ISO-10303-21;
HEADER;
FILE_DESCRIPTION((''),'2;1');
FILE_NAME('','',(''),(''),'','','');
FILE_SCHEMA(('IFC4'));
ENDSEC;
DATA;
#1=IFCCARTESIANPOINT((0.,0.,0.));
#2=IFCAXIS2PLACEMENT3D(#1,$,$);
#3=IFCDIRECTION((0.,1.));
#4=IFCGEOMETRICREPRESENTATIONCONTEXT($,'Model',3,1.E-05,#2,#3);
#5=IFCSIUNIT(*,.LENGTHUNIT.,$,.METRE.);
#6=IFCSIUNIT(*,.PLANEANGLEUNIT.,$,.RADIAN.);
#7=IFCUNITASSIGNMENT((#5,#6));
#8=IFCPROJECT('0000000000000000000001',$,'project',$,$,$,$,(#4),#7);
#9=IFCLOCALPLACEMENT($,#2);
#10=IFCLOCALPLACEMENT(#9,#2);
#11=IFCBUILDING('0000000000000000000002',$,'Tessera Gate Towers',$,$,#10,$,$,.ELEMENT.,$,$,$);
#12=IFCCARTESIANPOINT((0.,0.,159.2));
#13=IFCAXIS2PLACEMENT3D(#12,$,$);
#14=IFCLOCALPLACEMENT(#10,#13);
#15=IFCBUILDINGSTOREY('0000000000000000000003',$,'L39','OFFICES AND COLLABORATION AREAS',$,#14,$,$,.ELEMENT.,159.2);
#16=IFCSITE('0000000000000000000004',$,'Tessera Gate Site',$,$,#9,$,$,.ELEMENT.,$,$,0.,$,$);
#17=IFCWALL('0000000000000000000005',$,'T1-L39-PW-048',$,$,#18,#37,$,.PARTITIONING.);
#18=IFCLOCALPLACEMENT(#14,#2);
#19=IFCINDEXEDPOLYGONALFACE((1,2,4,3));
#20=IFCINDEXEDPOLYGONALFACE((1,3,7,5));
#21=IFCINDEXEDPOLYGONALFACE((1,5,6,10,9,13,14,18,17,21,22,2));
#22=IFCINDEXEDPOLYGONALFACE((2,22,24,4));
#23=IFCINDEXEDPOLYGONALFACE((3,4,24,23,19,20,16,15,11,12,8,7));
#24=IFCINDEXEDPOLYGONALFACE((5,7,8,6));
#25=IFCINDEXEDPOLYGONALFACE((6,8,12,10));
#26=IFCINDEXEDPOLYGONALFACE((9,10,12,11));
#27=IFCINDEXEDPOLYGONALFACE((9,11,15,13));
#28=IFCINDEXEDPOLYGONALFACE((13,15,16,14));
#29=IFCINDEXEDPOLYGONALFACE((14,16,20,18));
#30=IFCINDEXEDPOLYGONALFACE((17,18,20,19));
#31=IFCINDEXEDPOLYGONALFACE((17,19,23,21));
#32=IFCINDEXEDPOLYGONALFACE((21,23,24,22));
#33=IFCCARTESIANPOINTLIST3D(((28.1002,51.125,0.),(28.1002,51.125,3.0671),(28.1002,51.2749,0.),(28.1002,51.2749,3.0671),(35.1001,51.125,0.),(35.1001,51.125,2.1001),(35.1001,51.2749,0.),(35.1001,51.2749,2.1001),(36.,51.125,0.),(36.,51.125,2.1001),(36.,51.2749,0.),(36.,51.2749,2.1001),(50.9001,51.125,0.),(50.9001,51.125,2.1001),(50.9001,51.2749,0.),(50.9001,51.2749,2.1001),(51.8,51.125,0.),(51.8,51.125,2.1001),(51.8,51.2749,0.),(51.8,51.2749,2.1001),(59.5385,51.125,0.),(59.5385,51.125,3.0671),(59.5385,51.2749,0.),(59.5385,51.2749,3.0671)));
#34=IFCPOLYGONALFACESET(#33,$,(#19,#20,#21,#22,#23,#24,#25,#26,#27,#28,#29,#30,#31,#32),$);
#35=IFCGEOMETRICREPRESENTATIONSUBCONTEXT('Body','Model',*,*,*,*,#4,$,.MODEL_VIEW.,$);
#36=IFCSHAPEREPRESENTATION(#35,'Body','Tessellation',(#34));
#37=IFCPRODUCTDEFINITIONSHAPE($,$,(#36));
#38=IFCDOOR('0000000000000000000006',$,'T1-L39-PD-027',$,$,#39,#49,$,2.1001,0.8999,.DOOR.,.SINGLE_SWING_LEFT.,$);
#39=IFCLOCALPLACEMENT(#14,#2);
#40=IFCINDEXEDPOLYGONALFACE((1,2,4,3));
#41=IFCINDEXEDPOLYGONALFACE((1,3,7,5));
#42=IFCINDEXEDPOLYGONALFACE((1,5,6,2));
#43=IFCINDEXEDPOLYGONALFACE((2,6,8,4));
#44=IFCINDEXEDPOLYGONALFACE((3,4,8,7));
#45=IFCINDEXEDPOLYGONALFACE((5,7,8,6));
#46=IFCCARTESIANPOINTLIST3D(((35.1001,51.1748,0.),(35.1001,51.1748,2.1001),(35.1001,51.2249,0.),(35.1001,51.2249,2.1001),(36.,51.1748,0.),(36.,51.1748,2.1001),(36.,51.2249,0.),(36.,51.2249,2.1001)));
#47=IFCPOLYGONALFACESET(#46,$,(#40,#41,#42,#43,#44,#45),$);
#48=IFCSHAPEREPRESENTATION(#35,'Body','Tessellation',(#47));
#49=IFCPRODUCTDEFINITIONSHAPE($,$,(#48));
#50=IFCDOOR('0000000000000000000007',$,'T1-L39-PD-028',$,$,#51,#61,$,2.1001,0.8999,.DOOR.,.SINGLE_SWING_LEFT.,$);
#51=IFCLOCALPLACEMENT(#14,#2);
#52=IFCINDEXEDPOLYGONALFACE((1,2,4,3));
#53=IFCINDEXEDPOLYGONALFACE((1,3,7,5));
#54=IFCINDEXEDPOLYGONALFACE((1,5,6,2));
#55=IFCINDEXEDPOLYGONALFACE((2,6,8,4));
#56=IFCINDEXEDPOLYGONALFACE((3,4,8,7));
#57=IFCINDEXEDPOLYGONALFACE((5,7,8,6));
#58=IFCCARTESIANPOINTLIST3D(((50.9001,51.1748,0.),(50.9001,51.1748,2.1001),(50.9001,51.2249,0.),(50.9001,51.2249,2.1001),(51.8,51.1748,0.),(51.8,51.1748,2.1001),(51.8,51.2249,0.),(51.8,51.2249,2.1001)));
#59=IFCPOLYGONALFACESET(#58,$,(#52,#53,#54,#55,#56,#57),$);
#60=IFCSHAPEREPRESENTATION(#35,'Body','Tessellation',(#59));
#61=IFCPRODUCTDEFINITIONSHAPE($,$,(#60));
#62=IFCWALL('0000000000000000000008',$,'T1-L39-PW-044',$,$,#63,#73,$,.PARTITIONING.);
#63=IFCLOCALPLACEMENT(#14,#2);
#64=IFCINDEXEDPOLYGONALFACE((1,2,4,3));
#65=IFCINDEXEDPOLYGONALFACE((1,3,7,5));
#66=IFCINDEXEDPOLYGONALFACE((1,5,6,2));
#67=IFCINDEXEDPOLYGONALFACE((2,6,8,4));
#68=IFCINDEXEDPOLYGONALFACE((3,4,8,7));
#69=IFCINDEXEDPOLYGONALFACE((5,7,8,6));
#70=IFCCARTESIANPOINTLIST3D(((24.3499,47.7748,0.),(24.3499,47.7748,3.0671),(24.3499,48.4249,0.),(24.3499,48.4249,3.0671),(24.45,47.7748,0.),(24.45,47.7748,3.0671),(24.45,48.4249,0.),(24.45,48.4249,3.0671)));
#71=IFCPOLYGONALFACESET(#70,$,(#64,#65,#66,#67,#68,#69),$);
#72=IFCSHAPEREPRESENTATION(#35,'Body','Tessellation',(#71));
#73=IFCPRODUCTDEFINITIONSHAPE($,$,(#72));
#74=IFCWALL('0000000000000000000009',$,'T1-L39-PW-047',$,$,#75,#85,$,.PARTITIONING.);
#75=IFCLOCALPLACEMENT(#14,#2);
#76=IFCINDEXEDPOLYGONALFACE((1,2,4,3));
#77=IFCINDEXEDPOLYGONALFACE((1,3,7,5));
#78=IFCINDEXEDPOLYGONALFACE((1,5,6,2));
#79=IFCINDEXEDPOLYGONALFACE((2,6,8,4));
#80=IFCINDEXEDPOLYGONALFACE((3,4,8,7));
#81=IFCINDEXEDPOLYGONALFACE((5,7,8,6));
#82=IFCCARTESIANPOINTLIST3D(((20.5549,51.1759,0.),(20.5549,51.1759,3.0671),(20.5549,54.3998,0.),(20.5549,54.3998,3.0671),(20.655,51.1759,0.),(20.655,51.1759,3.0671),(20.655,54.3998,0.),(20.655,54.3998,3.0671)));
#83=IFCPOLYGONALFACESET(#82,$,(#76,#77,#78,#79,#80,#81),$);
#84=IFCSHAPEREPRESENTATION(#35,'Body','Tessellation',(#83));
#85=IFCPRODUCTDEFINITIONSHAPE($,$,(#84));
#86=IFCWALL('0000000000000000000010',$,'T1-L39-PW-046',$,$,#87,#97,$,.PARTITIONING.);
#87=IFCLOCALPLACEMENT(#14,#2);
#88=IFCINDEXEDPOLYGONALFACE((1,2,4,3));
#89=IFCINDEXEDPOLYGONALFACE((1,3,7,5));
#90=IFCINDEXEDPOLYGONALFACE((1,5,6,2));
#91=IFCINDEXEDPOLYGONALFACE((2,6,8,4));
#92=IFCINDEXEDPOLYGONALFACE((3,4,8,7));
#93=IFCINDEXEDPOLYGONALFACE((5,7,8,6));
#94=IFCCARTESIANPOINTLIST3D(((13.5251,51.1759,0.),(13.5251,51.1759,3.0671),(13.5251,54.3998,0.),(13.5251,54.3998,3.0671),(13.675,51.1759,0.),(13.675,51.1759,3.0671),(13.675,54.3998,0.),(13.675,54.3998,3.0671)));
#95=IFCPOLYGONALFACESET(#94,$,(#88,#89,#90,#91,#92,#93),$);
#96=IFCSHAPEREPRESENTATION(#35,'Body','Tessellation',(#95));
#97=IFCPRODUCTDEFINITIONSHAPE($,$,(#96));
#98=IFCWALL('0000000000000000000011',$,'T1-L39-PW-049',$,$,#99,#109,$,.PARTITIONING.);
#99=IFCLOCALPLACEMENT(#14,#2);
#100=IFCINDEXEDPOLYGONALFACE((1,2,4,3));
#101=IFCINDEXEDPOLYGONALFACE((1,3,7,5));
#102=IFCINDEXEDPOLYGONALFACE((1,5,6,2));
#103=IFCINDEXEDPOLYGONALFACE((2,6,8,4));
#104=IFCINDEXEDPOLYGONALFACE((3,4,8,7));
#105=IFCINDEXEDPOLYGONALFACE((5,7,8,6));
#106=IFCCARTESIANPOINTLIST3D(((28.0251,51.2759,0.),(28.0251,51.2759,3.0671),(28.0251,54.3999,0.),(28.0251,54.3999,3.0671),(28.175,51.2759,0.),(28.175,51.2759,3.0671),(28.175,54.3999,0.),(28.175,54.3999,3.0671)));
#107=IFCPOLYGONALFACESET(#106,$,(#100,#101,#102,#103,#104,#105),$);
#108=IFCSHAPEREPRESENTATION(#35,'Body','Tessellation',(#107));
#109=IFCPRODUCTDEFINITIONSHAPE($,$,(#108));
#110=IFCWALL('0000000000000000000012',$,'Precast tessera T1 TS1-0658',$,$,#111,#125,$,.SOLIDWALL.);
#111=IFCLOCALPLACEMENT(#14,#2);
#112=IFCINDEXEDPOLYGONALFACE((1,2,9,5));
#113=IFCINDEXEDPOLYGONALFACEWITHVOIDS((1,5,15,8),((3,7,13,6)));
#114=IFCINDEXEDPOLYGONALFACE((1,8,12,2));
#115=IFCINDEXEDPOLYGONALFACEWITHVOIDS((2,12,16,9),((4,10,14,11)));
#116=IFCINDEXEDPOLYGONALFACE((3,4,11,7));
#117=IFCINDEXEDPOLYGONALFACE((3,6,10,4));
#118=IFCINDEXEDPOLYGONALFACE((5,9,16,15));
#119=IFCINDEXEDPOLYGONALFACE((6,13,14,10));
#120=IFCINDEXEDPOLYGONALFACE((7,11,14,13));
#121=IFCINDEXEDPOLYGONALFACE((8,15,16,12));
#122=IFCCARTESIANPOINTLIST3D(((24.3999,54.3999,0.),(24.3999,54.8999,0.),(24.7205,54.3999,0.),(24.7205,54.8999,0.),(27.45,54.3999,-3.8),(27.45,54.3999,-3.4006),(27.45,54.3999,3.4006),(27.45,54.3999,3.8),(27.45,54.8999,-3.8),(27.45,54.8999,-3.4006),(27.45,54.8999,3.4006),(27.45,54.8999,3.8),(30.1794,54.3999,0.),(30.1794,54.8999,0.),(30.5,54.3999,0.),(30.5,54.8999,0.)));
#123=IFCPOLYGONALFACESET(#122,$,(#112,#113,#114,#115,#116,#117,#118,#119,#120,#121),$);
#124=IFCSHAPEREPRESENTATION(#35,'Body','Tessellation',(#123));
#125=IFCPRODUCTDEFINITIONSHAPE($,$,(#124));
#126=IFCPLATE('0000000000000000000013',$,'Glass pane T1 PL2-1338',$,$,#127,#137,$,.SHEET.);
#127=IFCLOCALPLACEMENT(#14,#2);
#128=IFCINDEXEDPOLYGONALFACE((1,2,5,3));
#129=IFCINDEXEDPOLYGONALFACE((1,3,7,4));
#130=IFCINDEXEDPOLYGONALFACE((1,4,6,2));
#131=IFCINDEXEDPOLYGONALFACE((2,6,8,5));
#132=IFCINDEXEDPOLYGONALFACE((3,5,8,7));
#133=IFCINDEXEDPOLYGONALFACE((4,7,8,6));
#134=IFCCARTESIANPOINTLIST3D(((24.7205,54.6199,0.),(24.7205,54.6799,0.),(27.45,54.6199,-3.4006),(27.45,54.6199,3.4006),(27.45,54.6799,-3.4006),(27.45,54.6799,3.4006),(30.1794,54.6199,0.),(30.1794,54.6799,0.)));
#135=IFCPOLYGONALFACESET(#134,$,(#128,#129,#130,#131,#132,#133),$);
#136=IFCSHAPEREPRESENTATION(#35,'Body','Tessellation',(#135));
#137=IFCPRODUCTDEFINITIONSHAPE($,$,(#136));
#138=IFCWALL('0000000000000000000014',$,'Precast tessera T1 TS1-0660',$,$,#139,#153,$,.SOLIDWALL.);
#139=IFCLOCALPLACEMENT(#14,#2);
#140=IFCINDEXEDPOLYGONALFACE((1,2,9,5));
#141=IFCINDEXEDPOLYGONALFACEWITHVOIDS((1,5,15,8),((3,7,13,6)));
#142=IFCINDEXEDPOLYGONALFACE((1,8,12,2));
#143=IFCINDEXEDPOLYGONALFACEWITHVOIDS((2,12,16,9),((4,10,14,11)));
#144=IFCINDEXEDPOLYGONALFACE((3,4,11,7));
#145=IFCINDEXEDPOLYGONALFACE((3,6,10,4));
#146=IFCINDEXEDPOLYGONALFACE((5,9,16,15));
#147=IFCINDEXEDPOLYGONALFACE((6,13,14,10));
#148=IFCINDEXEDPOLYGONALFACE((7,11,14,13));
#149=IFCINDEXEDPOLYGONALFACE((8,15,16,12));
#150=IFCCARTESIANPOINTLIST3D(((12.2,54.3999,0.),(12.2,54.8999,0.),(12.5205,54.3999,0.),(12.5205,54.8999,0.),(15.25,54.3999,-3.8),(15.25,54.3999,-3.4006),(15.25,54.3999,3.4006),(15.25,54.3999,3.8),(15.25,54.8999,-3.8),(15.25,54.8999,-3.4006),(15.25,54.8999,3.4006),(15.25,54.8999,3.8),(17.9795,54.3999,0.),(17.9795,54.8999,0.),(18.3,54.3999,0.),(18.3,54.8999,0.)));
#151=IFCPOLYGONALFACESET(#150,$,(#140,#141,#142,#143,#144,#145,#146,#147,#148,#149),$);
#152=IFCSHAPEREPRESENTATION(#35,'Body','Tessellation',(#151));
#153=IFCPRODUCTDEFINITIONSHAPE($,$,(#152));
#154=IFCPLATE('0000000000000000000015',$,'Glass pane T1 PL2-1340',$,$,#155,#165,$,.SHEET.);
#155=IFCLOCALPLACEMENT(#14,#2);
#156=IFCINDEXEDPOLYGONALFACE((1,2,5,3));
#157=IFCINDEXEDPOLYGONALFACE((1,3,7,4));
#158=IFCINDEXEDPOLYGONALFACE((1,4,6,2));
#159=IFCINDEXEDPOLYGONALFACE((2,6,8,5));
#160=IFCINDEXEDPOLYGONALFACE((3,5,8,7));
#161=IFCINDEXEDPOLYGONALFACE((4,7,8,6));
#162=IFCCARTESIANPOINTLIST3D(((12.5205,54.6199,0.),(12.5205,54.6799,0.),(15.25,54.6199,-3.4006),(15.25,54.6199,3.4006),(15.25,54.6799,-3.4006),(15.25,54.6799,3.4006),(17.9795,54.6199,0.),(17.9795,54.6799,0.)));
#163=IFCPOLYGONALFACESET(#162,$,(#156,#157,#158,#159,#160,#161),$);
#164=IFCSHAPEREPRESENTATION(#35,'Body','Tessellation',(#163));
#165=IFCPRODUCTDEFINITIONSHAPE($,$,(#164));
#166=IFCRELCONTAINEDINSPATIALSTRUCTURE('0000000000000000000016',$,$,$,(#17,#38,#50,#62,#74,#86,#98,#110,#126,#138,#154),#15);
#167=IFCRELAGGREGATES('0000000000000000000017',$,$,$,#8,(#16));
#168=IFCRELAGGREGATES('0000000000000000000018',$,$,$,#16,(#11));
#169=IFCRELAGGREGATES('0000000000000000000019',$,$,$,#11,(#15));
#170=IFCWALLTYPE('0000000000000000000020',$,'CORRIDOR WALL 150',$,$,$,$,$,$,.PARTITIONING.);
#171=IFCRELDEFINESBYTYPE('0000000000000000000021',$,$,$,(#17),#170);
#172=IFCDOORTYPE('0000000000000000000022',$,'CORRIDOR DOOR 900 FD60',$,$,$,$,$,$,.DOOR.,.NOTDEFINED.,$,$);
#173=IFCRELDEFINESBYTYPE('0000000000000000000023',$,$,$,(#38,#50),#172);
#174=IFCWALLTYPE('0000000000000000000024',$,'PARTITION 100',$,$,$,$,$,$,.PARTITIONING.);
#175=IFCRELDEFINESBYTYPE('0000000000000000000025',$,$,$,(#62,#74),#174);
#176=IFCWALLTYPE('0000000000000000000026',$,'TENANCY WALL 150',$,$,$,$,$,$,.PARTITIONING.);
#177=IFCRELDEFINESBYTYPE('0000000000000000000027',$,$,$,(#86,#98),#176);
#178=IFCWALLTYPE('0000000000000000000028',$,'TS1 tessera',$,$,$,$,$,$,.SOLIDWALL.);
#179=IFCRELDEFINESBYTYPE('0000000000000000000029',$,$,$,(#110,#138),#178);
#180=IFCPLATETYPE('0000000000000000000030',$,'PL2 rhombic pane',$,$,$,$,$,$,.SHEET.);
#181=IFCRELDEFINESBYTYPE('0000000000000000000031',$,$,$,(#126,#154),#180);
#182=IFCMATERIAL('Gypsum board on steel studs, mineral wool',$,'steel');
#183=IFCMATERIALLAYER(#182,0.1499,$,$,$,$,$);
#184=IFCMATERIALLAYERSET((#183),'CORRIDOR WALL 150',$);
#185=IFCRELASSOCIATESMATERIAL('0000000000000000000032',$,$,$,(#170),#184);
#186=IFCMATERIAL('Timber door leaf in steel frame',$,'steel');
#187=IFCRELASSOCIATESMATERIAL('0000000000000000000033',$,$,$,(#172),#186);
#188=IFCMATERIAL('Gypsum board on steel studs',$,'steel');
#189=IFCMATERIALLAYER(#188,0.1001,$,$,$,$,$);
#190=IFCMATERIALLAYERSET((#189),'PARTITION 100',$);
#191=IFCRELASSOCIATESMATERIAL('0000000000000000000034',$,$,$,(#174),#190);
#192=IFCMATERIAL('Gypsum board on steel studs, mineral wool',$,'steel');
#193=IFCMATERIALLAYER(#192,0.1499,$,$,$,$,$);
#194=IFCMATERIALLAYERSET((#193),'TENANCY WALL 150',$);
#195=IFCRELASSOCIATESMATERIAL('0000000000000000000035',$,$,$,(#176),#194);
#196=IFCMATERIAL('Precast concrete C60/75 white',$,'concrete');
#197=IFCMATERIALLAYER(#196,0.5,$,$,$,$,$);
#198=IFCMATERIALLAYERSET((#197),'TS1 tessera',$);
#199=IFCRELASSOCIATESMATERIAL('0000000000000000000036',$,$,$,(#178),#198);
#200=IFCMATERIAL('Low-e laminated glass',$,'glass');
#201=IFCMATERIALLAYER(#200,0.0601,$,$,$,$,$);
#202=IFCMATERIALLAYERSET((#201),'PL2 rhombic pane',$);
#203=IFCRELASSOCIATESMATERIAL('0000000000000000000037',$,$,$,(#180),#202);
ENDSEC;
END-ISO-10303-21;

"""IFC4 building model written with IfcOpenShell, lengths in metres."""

from ifc_helpers import new_model, si_unit, direction, frame, frame_2d, origin, place, context, subcontext, project, spatial, polyline, rectangle, outline, extrude, source, transform, mapped, material, layer, layer_set, type_object, element, fill, save


model = new_model("IFC4")

# Units and contexts
model_context = context("Model", 3, precision=1e-05, world=origin(), true_north=direction((0.0, 1.0)))
body_context = subcontext(model_context, "Body", "Model", "MODEL_VIEW")
ifc_project = project(units=[si_unit("LENGTHUNIT", "METRE"), si_unit("PLANEANGLEUNIT", "RADIAN")], contexts=[model_context])

# Site, building, storey
site_placement = place(None, origin())
site = spatial("IfcSite", under=ifc_project, at=site_placement, Name="Tessera Gate Site", CompositionType="ELEMENT", RefElevation=0.0)
building_placement = place(site_placement, origin())
building = spatial("IfcBuilding", under=site, at=building_placement, Name="Tessera Gate Towers", CompositionType="ELEMENT")
storey_placement = place(building_placement, frame((0.0, 0.0, 159.2)))
storey = spatial("IfcBuildingStorey", under=building, at=storey_placement, Name="L39", Description="OFFICES AND COLLABORATION AREAS", CompositionType="ELEMENT", Elevation=159.2)

# Wall, openings, doors
ifc_material_1 = material(Name="Gypsum board on steel studs, mineral wool", Category="steel")
ifc_layer_1 = layer(ifc_material_1, 0.1499)
ifc_layer_set_1 = layer_set([ifc_layer_1], Name="CORRIDOR WALL 150")
wall_type_1 = type_object("IfcWallType", Name="CORRIDOR WALL 150", PredefinedType="PARTITIONING", material=ifc_layer_set_1)
wall_1_placement = place(storey_placement, frame((28.1001, 51.2, 0.0), z_axis=(0.0, 0.0, 1.0), x_axis=(1.0, 0.0, 0.0)))
wall_1 = element("IfcWall", 1, at=wall_1_placement, inside=storey, type_object=wall_type_1, Name="T1-L39-PW-048", PredefinedType="PARTITIONING", context=body_context, shape_type="SweptSolid", body=[
    extrude(rectangle(XDim=31.4382, YDim=0.1499, at=frame_2d((15.7192, 0.0))), origin(), (0.0, 0.0, 1.0), 3.0671),
])
shared_shape_1 = source(origin(), body_context, "Body", "SweptSolid", [
    extrude(rectangle(XDim=0.8999, YDim=2.1001, at=frame_2d((0.45, 1.05))), frame((0.0, 0.085, 0.0), z_axis=(0.0, -1.0, 0.0), x_axis=(1.0, 0.0, 0.0)), (0.0, 0.0, 1.0), 0.1699),
])
opening_1_placement = place(wall_1_placement, frame((7.0, 0.0, 0.0)))
opening_1 = element("IfcOpeningElement", 2, at=opening_1_placement, cuts=wall_1, PredefinedType="OPENING", context=body_context, shape_type="MappedRepresentation", body=[
    mapped(shared_shape_1, transform((0.0, 0.0, 0.0), scale=1.0)),
])
opening_2_placement = place(wall_1_placement, frame((22.8, 0.0, 0.0)))
opening_2 = element("IfcOpeningElement", 3, at=opening_2_placement, cuts=wall_1, PredefinedType="OPENING", context=body_context, shape_type="MappedRepresentation", body=[
    mapped(shared_shape_1, transform((0.0, 0.0, 0.0), scale=1.0)),
])
ifc_material_2 = material(Name="Timber door leaf in steel frame", Category="steel")
door_type = type_object("IfcDoorType", Name="CORRIDOR DOOR 900 FD60", OperationType="NOTDEFINED", PredefinedType="DOOR", material=ifc_material_2)
shared_shape_2 = source(origin(), body_context, "Body", "SweptSolid", [
    extrude(rectangle(XDim=0.8999, YDim=2.1001, at=frame_2d((0.45, 1.05))), frame((0.0, 0.0249, 0.0), z_axis=(0.0, -1.0, 0.0), x_axis=(1.0, 0.0, 0.0)), (0.0, 0.0, 1.0), 0.05),
])
door_1_placement = place(opening_1_placement, origin())
door_1 = element("IfcDoor", 4, at=door_1_placement, inside=storey, type_object=door_type, Name="T1-L39-PD-027", OperationType="SINGLE_SWING_LEFT", OverallHeight=2.1001, OverallWidth=0.8999, PredefinedType="DOOR", context=body_context, shape_type="MappedRepresentation", body=[
    mapped(shared_shape_2, transform((0.0, 0.0, 0.0), scale=1.0)),
])
fill(opening_1, door_1)
door_2_placement = place(opening_2_placement, origin())
door_2 = element("IfcDoor", 5, at=door_2_placement, inside=storey, type_object=door_type, Name="T1-L39-PD-028", OperationType="SINGLE_SWING_LEFT", OverallHeight=2.1001, OverallWidth=0.8999, PredefinedType="DOOR", context=body_context, shape_type="MappedRepresentation", body=[
    mapped(shared_shape_2, transform((0.0, 0.0, 0.0), scale=1.0)),
])
fill(opening_2, door_2)

# Walls
ifc_material_3 = material(Name="Gypsum board on steel studs", Category="steel")
ifc_layer_2 = layer(ifc_material_3, 0.1001)
ifc_layer_set_2 = layer_set([ifc_layer_2], Name="PARTITION 100")
wall_type_2 = type_object("IfcWallType", Name="PARTITION 100", PredefinedType="PARTITIONING", material=ifc_layer_set_2)
wall_2_placement = place(storey_placement, frame((24.3999, 48.425, 0.0), z_axis=(0.0, 0.0, 1.0), x_axis=(0.0, -1.0, 0.0)))
element("IfcWall", 6, at=wall_2_placement, inside=storey, type_object=wall_type_2, Name="T1-L39-PW-044", PredefinedType="PARTITIONING", context=body_context, shape_type="SweptSolid", body=[
    extrude(rectangle(XDim=0.6501, YDim=0.1001, at=frame_2d((0.3252, 0.0))), origin(), (0.0, 0.0, 1.0), 3.0671),
])
wall_3_placement = place(storey_placement, frame((20.605, 51.176, 0.0), z_axis=(0.0, 0.0, 1.0), x_axis=(0.0, 1.0, 0.0)))
element("IfcWall", 7, at=wall_3_placement, inside=storey, type_object=wall_type_2, Name="T1-L39-PW-047", PredefinedType="PARTITIONING", context=body_context, shape_type="SweptSolid", body=[
    extrude(rectangle(XDim=3.2239, YDim=0.1001, at=frame_2d((1.6118, 0.0))), origin(), (0.0, 0.0, 1.0), 3.0671),
])
ifc_material_4 = material(Name="Gypsum board on steel studs, mineral wool", Category="steel")
ifc_layer_3 = layer(ifc_material_4, 0.1499)
ifc_layer_set_3 = layer_set([ifc_layer_3], Name="TENANCY WALL 150")
wall_type_3 = type_object("IfcWallType", Name="TENANCY WALL 150", PredefinedType="PARTITIONING", material=ifc_layer_set_3)
wall_4_placement = place(storey_placement, frame((13.6001, 51.176, 0.0), z_axis=(0.0, 0.0, 1.0), x_axis=(0.0, 1.0, 0.0)))
element("IfcWall", 8, at=wall_4_placement, inside=storey, type_object=wall_type_3, Name="T1-L39-PW-046", PredefinedType="PARTITIONING", context=body_context, shape_type="SweptSolid", body=[
    extrude(rectangle(XDim=3.2239, YDim=0.1499, at=frame_2d((1.6118, 0.0))), origin(), (0.0, 0.0, 1.0), 3.0671),
])
wall_5_placement = place(storey_placement, frame((28.1001, 51.2759, 0.0), z_axis=(0.0, 0.0, 1.0), x_axis=(0.0, 1.0, 0.0)))
element("IfcWall", 9, at=wall_5_placement, inside=storey, type_object=wall_type_3, Name="T1-L39-PW-049", PredefinedType="PARTITIONING", context=body_context, shape_type="SweptSolid", body=[
    extrude(rectangle(XDim=3.124, YDim=0.1499, at=frame_2d((1.562, 0.0))), origin(), (0.0, 0.0, 1.0), 3.0671),
])

# Walls, openings, plates
ifc_material_5 = material(Name="Precast concrete C60/75 white", Category="concrete")
ifc_layer_4 = layer(ifc_material_5, 0.5)
ifc_layer_set_4 = layer_set([ifc_layer_4], Name="TS1 tessera")
wall_type_4 = type_object("IfcWallType", Name="TS1 tessera", PredefinedType="SOLIDWALL", material=ifc_layer_set_4)
shared_shape_3 = source(origin(), body_context, "Body", "SweptSolid", [
    extrude(outline(polyline([(3.05, 0.0), (6.1001, 3.8), (3.05, 7.6001), (0.0, 3.8), (3.05, 0.0)])), frame((0.0, 0.25, 0.0), z_axis=(0.0, -1.0, 0.0), x_axis=(1.0, 0.0, 0.0)), (0.0, 0.0, 1.0), 0.5),
])
wall_6_placement = place(storey_placement, frame((30.5, 54.6499, -3.8), z_axis=(0.0, 0.0, 1.0), x_axis=(-1.0, 0.0, 0.0)))
wall_6 = element("IfcWall", 10, at=wall_6_placement, inside=storey, type_object=wall_type_4, Name="Precast tessera T1 TS1-0658", PredefinedType="SOLIDWALL", context=body_context, shape_type="MappedRepresentation", body=[
    mapped(shared_shape_3, transform((0.0, 0.0, 0.0), scale=1.0)),
])
shared_shape_4 = source(origin(), body_context, "Body", "SweptSolid", [
    extrude(outline(polyline([(3.05, 0.3994), (5.7795, 3.8), (3.05, 7.2007), (0.3206, 3.8), (3.05, 0.3994)])), frame((0.0, 0.26, 0.0), z_axis=(0.0, -1.0, 0.0), x_axis=(1.0, 0.0, 0.0)), (0.0, 0.0, 1.0), 0.52),
])
opening_3_placement = place(wall_6_placement, origin())
opening_3 = element("IfcOpeningElement", 11, at=opening_3_placement, cuts=wall_6, PredefinedType="OPENING", context=body_context, shape_type="MappedRepresentation", body=[
    mapped(shared_shape_4, transform((0.0, 0.0, 0.0), scale=1.0)),
])
ifc_material_6 = material(Name="Low-e laminated glass", Category="glass")
ifc_layer_5 = layer(ifc_material_6, 0.0601)
ifc_layer_set_5 = layer_set([ifc_layer_5], Name="PL2 rhombic pane")
plate_type = type_object("IfcPlateType", Name="PL2 rhombic pane", PredefinedType="SHEET", material=ifc_layer_set_5)
shared_shape_5 = source(origin(), body_context, "Body", "SweptSolid", [
    extrude(outline(polyline([(3.05, 0.3994), (5.7795, 3.8), (3.05, 7.2007), (0.3206, 3.8), (3.05, 0.3994)])), frame((0.0, 0.03, 0.0), z_axis=(0.0, -1.0, 0.0), x_axis=(1.0, 0.0, 0.0)), (0.0, 0.0, 1.0), 0.0601),
])
plate_1_placement = place(opening_3_placement, origin())
plate_1 = element("IfcPlate", 12, at=plate_1_placement, inside=storey, type_object=plate_type, Name="Glass pane T1 PL2-1338", PredefinedType="SHEET", context=body_context, shape_type="MappedRepresentation", body=[
    mapped(shared_shape_5, transform((0.0, 0.0, 0.0), scale=1.0)),
])
fill(opening_3, plate_1)
wall_7_placement = place(storey_placement, frame((18.3, 54.6499, -3.8), z_axis=(0.0, 0.0, 1.0), x_axis=(-1.0, 0.0, 0.0)))
wall_7 = element("IfcWall", 13, at=wall_7_placement, inside=storey, type_object=wall_type_4, Name="Precast tessera T1 TS1-0660", PredefinedType="SOLIDWALL", context=body_context, shape_type="MappedRepresentation", body=[
    mapped(shared_shape_3, transform((0.0, 0.0, 0.0), scale=1.0)),
])
opening_4_placement = place(wall_7_placement, origin())
opening_4 = element("IfcOpeningElement", 14, at=opening_4_placement, cuts=wall_7, PredefinedType="OPENING", context=body_context, shape_type="MappedRepresentation", body=[
    mapped(shared_shape_4, transform((0.0, 0.0, 0.0), scale=1.0)),
])
plate_2_placement = place(opening_4_placement, origin())
plate_2 = element("IfcPlate", 15, at=plate_2_placement, inside=storey, type_object=plate_type, Name="Glass pane T1 PL2-1340", PredefinedType="SHEET", context=body_context, shape_type="MappedRepresentation", body=[
    mapped(shared_shape_5, transform((0.0, 0.0, 0.0), scale=1.0)),
])
fill(opening_4, plate_2)

save(model, "model.ifc")
